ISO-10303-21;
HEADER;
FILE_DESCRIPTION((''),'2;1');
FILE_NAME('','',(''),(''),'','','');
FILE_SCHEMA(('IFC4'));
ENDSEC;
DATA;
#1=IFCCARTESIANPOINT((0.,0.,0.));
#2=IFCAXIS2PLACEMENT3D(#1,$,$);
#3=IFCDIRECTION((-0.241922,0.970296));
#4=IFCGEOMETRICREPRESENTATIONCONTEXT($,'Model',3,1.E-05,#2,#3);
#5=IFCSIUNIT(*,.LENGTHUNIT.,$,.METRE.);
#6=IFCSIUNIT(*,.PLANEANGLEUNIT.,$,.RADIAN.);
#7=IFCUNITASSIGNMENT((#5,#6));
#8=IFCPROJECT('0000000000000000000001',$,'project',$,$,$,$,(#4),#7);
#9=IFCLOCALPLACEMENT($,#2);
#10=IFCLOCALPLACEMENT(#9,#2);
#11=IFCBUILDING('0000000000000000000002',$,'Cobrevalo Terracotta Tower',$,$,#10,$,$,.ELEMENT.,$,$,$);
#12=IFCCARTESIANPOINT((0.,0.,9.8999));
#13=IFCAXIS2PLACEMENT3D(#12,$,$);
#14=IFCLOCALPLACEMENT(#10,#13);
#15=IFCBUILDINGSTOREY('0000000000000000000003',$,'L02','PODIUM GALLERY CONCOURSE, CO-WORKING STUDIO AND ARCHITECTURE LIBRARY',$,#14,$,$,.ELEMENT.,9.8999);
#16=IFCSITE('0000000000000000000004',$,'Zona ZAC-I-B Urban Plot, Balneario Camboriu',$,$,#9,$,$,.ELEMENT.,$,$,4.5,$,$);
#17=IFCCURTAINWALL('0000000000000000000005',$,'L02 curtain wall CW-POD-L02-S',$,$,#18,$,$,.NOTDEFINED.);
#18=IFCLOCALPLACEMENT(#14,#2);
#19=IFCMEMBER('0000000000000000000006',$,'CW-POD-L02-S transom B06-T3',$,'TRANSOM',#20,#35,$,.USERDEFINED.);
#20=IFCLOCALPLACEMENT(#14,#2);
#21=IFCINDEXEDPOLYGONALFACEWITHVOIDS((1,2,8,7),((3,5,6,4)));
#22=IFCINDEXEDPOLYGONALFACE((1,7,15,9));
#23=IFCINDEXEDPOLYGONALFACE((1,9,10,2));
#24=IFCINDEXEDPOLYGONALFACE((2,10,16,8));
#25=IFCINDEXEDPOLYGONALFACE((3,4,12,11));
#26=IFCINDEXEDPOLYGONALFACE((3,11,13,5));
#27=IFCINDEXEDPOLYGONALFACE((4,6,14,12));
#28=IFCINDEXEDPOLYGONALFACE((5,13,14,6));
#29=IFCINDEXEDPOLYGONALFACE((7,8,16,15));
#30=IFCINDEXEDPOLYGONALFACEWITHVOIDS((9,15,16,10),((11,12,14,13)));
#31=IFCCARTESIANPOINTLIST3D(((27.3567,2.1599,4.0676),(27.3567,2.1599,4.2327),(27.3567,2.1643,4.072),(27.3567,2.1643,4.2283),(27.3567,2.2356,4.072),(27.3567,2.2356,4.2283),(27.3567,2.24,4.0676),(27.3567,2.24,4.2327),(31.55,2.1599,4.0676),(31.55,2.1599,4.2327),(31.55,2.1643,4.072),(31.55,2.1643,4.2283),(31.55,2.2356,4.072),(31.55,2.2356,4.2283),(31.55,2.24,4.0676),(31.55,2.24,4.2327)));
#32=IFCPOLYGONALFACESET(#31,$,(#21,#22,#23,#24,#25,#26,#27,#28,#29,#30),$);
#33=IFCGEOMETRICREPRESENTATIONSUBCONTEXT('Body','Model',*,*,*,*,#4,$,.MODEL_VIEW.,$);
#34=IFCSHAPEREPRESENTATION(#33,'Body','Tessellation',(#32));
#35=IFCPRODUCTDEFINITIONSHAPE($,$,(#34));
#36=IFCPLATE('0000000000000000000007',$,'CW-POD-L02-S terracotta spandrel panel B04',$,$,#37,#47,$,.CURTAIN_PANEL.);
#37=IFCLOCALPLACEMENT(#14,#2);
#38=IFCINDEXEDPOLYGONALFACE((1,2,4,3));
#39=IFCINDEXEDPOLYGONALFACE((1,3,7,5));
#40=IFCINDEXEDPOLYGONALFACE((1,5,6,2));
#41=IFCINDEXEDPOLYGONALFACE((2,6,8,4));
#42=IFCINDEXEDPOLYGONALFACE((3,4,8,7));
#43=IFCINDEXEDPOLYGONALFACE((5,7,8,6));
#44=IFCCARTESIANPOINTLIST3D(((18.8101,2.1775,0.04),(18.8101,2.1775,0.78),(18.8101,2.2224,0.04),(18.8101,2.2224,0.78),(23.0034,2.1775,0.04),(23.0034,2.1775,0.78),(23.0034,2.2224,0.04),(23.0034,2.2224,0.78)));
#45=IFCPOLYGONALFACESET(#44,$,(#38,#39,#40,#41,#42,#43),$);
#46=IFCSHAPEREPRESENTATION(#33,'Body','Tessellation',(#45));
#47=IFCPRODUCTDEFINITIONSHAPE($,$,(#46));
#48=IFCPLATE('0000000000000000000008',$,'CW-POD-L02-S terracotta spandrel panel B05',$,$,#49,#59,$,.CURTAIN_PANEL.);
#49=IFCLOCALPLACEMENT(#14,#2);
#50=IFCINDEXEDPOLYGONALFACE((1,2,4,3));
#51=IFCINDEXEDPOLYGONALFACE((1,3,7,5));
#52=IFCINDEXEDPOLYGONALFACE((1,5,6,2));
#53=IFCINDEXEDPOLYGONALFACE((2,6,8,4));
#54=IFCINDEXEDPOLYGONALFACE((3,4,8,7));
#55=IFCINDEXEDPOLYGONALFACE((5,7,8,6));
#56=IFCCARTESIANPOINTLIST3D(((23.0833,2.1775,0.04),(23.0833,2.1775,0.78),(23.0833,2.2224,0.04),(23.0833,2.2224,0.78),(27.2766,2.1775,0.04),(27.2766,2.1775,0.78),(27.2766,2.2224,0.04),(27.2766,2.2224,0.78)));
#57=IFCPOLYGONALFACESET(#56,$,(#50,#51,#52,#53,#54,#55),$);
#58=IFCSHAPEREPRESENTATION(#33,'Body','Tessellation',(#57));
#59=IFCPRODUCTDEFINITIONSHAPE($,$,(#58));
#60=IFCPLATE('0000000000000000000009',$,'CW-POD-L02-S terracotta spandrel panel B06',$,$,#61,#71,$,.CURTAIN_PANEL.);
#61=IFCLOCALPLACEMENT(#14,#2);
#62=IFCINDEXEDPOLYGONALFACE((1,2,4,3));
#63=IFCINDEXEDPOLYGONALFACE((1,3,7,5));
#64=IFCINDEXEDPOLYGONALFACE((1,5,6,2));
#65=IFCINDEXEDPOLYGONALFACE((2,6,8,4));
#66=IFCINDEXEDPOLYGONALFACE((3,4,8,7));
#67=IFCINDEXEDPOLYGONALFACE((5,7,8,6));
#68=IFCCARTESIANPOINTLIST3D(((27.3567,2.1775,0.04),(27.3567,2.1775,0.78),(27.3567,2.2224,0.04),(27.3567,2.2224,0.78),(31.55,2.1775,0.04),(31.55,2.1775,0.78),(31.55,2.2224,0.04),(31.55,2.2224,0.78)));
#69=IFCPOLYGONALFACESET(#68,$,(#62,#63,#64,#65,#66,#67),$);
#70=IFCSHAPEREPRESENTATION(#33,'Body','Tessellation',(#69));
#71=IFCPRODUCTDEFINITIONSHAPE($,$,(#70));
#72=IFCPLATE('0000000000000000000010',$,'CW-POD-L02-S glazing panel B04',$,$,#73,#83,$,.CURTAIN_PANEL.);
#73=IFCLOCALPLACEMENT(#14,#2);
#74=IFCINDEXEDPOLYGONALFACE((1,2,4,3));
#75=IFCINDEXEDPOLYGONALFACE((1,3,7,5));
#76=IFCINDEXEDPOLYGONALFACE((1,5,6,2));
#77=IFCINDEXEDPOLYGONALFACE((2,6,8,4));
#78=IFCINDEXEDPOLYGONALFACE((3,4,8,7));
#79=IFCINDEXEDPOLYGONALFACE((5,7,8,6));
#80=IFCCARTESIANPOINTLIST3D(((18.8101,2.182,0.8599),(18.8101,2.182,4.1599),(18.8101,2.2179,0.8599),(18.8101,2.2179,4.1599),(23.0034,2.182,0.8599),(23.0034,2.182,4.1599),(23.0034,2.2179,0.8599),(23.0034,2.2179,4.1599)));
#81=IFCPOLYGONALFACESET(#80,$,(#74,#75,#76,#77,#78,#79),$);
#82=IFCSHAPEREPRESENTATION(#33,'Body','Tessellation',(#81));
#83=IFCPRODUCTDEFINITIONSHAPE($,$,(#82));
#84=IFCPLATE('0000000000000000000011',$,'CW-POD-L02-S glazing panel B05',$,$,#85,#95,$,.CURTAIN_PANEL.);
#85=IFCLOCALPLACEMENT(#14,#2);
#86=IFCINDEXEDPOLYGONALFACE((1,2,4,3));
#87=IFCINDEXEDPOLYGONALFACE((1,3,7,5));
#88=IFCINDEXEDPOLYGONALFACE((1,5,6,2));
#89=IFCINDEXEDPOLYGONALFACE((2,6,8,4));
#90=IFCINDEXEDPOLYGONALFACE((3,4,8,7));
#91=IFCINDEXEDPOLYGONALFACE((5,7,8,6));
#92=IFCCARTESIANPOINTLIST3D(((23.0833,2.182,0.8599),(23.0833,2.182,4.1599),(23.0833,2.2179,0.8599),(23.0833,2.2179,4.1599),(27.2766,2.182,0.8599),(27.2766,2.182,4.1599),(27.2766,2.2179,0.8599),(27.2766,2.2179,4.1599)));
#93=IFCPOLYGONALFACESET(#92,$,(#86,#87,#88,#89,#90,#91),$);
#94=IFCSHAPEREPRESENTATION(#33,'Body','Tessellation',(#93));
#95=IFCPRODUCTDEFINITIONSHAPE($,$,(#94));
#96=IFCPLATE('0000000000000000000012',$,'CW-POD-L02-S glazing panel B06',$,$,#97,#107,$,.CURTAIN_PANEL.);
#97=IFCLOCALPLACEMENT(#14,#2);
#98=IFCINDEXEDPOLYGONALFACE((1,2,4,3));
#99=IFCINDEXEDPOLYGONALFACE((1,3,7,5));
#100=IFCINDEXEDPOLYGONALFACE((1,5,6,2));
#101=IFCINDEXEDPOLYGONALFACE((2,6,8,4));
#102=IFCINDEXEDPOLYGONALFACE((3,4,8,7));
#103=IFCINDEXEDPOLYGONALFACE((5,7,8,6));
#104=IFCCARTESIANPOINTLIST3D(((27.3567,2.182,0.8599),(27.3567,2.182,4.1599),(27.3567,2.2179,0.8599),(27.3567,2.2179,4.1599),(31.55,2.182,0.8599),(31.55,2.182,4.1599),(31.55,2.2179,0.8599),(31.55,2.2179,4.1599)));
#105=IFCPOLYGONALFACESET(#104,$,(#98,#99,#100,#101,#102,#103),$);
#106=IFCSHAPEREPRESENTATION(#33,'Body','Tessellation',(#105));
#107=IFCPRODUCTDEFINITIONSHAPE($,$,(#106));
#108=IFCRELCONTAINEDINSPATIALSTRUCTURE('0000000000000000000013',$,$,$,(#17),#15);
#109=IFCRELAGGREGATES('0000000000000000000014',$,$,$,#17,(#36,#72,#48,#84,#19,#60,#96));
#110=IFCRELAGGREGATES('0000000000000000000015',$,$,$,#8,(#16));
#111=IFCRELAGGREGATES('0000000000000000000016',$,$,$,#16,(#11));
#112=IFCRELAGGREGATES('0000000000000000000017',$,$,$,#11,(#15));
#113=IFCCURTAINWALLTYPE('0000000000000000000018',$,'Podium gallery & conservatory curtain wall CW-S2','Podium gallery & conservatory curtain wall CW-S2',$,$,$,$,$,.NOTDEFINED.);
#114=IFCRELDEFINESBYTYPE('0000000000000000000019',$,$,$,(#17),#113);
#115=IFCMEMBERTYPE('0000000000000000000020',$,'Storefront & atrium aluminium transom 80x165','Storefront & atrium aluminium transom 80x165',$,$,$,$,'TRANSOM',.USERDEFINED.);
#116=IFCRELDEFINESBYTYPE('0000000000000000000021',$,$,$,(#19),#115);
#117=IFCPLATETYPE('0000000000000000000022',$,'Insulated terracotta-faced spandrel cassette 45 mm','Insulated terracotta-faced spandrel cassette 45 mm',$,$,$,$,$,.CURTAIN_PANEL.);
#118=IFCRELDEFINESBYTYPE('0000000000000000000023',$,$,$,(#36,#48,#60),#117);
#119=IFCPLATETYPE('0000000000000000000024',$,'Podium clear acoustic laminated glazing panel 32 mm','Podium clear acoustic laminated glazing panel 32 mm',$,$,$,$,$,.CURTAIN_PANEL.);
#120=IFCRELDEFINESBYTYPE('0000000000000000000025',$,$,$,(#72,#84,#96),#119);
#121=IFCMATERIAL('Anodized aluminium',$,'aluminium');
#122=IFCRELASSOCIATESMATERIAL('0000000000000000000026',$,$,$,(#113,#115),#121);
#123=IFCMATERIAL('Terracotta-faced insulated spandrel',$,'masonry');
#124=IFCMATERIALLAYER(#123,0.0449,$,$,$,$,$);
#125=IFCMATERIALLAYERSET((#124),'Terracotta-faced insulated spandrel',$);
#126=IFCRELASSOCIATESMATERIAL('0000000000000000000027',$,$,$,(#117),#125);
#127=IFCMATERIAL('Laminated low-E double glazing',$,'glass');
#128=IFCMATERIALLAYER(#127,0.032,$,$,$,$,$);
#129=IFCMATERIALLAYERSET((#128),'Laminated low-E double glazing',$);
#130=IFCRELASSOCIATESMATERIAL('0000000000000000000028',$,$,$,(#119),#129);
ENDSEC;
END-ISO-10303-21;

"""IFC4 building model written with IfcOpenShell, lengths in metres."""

from ifc_helpers import new_model, si_unit, direction, frame, origin, origin_2d, place, context, subcontext, project, spatial, rectangle, hollow_rectangle, extrude, source, transform, mapped, material, layer, layer_set, material_profile, profile_set, type_object, element, aggregate, save


model = new_model("IFC4")

# Units and contexts
model_context = context("Model", 3, precision=1e-05, world=origin(), true_north=direction((-0.241922, 0.970296)))
body_context = subcontext(model_context, "Body", "Model", "MODEL_VIEW")
ifc_project = project(units=[si_unit("LENGTHUNIT", "METRE"), si_unit("PLANEANGLEUNIT", "RADIAN")], contexts=[model_context])

# Site, building, storey
site_placement = place(None, origin())
site = spatial("IfcSite", under=ifc_project, at=site_placement, Name="Zona ZAC-I-B Urban Plot, Balneario Camboriu", CompositionType="ELEMENT", RefElevation=4.5)
building_placement = place(site_placement, origin())
building = spatial("IfcBuilding", under=site, at=building_placement, Name="Cobrevalo Terracotta Tower", CompositionType="ELEMENT")
storey_placement = place(building_placement, frame((0.0, 0.0, 9.8999)))
storey = spatial("IfcBuildingStorey", under=building, at=storey_placement, Name="L02", Description="PODIUM GALLERY CONCOURSE, CO-WORKING STUDIO AND ARCHITECTURE LIBRARY", CompositionType="ELEMENT", Elevation=9.8999)

# Curtain wall, member, plates
ifc_material_1 = material(Name="Anodized aluminium", Category="aluminium")
curtain_wall_type = type_object("IfcCurtainWallType", Name="Podium gallery & conservatory curtain wall CW-S2", Description="Podium gallery & conservatory curtain wall CW-S2", PredefinedType="NOTDEFINED", material=ifc_material_1)
curtain_wall_placement = place(storey_placement, origin())
curtain_wall = element("IfcCurtainWall", 1, at=curtain_wall_placement, inside=storey, type_object=curtain_wall_type, Name="L02 curtain wall CW-POD-L02-S", PredefinedType="NOTDEFINED")
ifc_material_profile_1 = material_profile(ifc_material_1, hollow_rectangle(XDim=0.0801, YDim=0.165, WallThickness=0.0044, at=origin_2d()), Name="CWT 80x165")
ifc_profile_set_1 = profile_set([ifc_material_profile_1], Name="Anodized aluminium")
member_type_1 = type_object("IfcMemberType", Name="Storefront & atrium aluminium transom 80x165", Description="Storefront & atrium aluminium transom 80x165", ElementType="TRANSOM", PredefinedType="USERDEFINED", material=ifc_profile_set_1)
shared_shape_1 = source(origin(), body_context, "Body", "SweptSolid", [
    extrude(hollow_rectangle(XDim=0.0801, YDim=0.165, WallThickness=0.0044, at=origin_2d()), origin(), (0.0, 0.0, 1.0), 4.1934),
])
member_1_placement = place(storey_placement, frame((27.3567, 2.2, 4.1501), z_axis=(1.0, 0.0, 0.0), x_axis=(0.0, 1.0, 0.0)))
member_1 = element("IfcMember", 2, at=member_1_placement, type_object=member_type_1, Name="CW-POD-L02-S transom B06-T3", ObjectType="TRANSOM", PredefinedType="USERDEFINED", context=body_context, shape_type="MappedRepresentation", body=[
    mapped(shared_shape_1, transform((0.0, 0.0, 0.0), scale=1.0)),
])
ifc_material_2 = material(Name="Terracotta-faced insulated spandrel", Category="masonry")
ifc_layer_1 = layer(ifc_material_2, 0.0449)
ifc_layer_set_1 = layer_set([ifc_layer_1], Name="Terracotta-faced insulated spandrel")
plate_type_1 = type_object("IfcPlateType", Name="Insulated terracotta-faced spandrel cassette 45 mm", Description="Insulated terracotta-faced spandrel cassette 45 mm", PredefinedType="CURTAIN_PANEL", material=ifc_layer_set_1)
shared_shape_2 = source(origin(), body_context, "Body", "SweptSolid", [
    extrude(rectangle(XDim=4.1934, YDim=0.0449, at=origin_2d()), origin(), (0.0, 0.0, 1.0), 0.74),
])
plate_1_placement = place(storey_placement, frame((20.9067, 2.2, 0.04), z_axis=(0.0, 0.0, 1.0), x_axis=(1.0, 0.0, 0.0)))
plate_1 = element("IfcPlate", 3, at=plate_1_placement, type_object=plate_type_1, Name="CW-POD-L02-S terracotta spandrel panel B04", PredefinedType="CURTAIN_PANEL", context=body_context, shape_type="MappedRepresentation", body=[
    mapped(shared_shape_2, transform((0.0, 0.0, 0.0), scale=1.0)),
])
plate_2_placement = place(storey_placement, frame((25.1799, 2.2, 0.04), z_axis=(0.0, 0.0, 1.0), x_axis=(1.0, 0.0, 0.0)))
plate_2 = element("IfcPlate", 4, at=plate_2_placement, type_object=plate_type_1, Name="CW-POD-L02-S terracotta spandrel panel B05", PredefinedType="CURTAIN_PANEL", context=body_context, shape_type="MappedRepresentation", body=[
    mapped(shared_shape_2, transform((0.0, 0.0, 0.0), scale=1.0)),
])
plate_3_placement = place(storey_placement, frame((29.4534, 2.2, 0.04), z_axis=(0.0, 0.0, 1.0), x_axis=(1.0, 0.0, 0.0)))
plate_3 = element("IfcPlate", 5, at=plate_3_placement, type_object=plate_type_1, Name="CW-POD-L02-S terracotta spandrel panel B06", PredefinedType="CURTAIN_PANEL", context=body_context, shape_type="MappedRepresentation", body=[
    mapped(shared_shape_2, transform((0.0, 0.0, 0.0), scale=1.0)),
])
ifc_material_3 = material(Name="Laminated low-E double glazing", Category="glass")
ifc_layer_2 = layer(ifc_material_3, 0.032)
ifc_layer_set_2 = layer_set([ifc_layer_2], Name="Laminated low-E double glazing")
plate_type_2 = type_object("IfcPlateType", Name="Podium clear acoustic laminated glazing panel 32 mm", Description="Podium clear acoustic laminated glazing panel 32 mm", PredefinedType="CURTAIN_PANEL", material=ifc_layer_set_2)
shared_shape_3 = source(origin(), body_context, "Body", "SweptSolid", [
    extrude(rectangle(XDim=4.1934, YDim=0.0359, at=origin_2d()), origin(), (0.0, 0.0, 1.0), 3.3),
])
plate_4_placement = place(storey_placement, frame((20.9067, 2.2, 0.8599), z_axis=(0.0, 0.0, 1.0), x_axis=(1.0, 0.0, 0.0)))
plate_4 = element("IfcPlate", 6, at=plate_4_placement, type_object=plate_type_2, Name="CW-POD-L02-S glazing panel B04", PredefinedType="CURTAIN_PANEL", context=body_context, shape_type="MappedRepresentation", body=[
    mapped(shared_shape_3, transform((0.0, 0.0, 0.0), scale=1.0)),
])
plate_5_placement = place(storey_placement, frame((25.1799, 2.2, 0.8599), z_axis=(0.0, 0.0, 1.0), x_axis=(1.0, 0.0, 0.0)))
plate_5 = element("IfcPlate", 7, at=plate_5_placement, type_object=plate_type_2, Name="CW-POD-L02-S glazing panel B05", PredefinedType="CURTAIN_PANEL", context=body_context, shape_type="MappedRepresentation", body=[
    mapped(shared_shape_3, transform((0.0, 0.0, 0.0), scale=1.0)),
])
plate_6_placement = place(storey_placement, frame((29.4534, 2.2, 0.8599), z_axis=(0.0, 0.0, 1.0), x_axis=(1.0, 0.0, 0.0)))
plate_6 = element("IfcPlate", 8, at=plate_6_placement, type_object=plate_type_2, Name="CW-POD-L02-S glazing panel B06", PredefinedType="CURTAIN_PANEL", context=body_context, shape_type="MappedRepresentation", body=[
    mapped(shared_shape_3, transform((0.0, 0.0, 0.0), scale=1.0)),
])
aggregate(curtain_wall, [plate_1, plate_4, plate_2, plate_5, member_1, plate_3, plate_6])

save(model, "model.ifc")
